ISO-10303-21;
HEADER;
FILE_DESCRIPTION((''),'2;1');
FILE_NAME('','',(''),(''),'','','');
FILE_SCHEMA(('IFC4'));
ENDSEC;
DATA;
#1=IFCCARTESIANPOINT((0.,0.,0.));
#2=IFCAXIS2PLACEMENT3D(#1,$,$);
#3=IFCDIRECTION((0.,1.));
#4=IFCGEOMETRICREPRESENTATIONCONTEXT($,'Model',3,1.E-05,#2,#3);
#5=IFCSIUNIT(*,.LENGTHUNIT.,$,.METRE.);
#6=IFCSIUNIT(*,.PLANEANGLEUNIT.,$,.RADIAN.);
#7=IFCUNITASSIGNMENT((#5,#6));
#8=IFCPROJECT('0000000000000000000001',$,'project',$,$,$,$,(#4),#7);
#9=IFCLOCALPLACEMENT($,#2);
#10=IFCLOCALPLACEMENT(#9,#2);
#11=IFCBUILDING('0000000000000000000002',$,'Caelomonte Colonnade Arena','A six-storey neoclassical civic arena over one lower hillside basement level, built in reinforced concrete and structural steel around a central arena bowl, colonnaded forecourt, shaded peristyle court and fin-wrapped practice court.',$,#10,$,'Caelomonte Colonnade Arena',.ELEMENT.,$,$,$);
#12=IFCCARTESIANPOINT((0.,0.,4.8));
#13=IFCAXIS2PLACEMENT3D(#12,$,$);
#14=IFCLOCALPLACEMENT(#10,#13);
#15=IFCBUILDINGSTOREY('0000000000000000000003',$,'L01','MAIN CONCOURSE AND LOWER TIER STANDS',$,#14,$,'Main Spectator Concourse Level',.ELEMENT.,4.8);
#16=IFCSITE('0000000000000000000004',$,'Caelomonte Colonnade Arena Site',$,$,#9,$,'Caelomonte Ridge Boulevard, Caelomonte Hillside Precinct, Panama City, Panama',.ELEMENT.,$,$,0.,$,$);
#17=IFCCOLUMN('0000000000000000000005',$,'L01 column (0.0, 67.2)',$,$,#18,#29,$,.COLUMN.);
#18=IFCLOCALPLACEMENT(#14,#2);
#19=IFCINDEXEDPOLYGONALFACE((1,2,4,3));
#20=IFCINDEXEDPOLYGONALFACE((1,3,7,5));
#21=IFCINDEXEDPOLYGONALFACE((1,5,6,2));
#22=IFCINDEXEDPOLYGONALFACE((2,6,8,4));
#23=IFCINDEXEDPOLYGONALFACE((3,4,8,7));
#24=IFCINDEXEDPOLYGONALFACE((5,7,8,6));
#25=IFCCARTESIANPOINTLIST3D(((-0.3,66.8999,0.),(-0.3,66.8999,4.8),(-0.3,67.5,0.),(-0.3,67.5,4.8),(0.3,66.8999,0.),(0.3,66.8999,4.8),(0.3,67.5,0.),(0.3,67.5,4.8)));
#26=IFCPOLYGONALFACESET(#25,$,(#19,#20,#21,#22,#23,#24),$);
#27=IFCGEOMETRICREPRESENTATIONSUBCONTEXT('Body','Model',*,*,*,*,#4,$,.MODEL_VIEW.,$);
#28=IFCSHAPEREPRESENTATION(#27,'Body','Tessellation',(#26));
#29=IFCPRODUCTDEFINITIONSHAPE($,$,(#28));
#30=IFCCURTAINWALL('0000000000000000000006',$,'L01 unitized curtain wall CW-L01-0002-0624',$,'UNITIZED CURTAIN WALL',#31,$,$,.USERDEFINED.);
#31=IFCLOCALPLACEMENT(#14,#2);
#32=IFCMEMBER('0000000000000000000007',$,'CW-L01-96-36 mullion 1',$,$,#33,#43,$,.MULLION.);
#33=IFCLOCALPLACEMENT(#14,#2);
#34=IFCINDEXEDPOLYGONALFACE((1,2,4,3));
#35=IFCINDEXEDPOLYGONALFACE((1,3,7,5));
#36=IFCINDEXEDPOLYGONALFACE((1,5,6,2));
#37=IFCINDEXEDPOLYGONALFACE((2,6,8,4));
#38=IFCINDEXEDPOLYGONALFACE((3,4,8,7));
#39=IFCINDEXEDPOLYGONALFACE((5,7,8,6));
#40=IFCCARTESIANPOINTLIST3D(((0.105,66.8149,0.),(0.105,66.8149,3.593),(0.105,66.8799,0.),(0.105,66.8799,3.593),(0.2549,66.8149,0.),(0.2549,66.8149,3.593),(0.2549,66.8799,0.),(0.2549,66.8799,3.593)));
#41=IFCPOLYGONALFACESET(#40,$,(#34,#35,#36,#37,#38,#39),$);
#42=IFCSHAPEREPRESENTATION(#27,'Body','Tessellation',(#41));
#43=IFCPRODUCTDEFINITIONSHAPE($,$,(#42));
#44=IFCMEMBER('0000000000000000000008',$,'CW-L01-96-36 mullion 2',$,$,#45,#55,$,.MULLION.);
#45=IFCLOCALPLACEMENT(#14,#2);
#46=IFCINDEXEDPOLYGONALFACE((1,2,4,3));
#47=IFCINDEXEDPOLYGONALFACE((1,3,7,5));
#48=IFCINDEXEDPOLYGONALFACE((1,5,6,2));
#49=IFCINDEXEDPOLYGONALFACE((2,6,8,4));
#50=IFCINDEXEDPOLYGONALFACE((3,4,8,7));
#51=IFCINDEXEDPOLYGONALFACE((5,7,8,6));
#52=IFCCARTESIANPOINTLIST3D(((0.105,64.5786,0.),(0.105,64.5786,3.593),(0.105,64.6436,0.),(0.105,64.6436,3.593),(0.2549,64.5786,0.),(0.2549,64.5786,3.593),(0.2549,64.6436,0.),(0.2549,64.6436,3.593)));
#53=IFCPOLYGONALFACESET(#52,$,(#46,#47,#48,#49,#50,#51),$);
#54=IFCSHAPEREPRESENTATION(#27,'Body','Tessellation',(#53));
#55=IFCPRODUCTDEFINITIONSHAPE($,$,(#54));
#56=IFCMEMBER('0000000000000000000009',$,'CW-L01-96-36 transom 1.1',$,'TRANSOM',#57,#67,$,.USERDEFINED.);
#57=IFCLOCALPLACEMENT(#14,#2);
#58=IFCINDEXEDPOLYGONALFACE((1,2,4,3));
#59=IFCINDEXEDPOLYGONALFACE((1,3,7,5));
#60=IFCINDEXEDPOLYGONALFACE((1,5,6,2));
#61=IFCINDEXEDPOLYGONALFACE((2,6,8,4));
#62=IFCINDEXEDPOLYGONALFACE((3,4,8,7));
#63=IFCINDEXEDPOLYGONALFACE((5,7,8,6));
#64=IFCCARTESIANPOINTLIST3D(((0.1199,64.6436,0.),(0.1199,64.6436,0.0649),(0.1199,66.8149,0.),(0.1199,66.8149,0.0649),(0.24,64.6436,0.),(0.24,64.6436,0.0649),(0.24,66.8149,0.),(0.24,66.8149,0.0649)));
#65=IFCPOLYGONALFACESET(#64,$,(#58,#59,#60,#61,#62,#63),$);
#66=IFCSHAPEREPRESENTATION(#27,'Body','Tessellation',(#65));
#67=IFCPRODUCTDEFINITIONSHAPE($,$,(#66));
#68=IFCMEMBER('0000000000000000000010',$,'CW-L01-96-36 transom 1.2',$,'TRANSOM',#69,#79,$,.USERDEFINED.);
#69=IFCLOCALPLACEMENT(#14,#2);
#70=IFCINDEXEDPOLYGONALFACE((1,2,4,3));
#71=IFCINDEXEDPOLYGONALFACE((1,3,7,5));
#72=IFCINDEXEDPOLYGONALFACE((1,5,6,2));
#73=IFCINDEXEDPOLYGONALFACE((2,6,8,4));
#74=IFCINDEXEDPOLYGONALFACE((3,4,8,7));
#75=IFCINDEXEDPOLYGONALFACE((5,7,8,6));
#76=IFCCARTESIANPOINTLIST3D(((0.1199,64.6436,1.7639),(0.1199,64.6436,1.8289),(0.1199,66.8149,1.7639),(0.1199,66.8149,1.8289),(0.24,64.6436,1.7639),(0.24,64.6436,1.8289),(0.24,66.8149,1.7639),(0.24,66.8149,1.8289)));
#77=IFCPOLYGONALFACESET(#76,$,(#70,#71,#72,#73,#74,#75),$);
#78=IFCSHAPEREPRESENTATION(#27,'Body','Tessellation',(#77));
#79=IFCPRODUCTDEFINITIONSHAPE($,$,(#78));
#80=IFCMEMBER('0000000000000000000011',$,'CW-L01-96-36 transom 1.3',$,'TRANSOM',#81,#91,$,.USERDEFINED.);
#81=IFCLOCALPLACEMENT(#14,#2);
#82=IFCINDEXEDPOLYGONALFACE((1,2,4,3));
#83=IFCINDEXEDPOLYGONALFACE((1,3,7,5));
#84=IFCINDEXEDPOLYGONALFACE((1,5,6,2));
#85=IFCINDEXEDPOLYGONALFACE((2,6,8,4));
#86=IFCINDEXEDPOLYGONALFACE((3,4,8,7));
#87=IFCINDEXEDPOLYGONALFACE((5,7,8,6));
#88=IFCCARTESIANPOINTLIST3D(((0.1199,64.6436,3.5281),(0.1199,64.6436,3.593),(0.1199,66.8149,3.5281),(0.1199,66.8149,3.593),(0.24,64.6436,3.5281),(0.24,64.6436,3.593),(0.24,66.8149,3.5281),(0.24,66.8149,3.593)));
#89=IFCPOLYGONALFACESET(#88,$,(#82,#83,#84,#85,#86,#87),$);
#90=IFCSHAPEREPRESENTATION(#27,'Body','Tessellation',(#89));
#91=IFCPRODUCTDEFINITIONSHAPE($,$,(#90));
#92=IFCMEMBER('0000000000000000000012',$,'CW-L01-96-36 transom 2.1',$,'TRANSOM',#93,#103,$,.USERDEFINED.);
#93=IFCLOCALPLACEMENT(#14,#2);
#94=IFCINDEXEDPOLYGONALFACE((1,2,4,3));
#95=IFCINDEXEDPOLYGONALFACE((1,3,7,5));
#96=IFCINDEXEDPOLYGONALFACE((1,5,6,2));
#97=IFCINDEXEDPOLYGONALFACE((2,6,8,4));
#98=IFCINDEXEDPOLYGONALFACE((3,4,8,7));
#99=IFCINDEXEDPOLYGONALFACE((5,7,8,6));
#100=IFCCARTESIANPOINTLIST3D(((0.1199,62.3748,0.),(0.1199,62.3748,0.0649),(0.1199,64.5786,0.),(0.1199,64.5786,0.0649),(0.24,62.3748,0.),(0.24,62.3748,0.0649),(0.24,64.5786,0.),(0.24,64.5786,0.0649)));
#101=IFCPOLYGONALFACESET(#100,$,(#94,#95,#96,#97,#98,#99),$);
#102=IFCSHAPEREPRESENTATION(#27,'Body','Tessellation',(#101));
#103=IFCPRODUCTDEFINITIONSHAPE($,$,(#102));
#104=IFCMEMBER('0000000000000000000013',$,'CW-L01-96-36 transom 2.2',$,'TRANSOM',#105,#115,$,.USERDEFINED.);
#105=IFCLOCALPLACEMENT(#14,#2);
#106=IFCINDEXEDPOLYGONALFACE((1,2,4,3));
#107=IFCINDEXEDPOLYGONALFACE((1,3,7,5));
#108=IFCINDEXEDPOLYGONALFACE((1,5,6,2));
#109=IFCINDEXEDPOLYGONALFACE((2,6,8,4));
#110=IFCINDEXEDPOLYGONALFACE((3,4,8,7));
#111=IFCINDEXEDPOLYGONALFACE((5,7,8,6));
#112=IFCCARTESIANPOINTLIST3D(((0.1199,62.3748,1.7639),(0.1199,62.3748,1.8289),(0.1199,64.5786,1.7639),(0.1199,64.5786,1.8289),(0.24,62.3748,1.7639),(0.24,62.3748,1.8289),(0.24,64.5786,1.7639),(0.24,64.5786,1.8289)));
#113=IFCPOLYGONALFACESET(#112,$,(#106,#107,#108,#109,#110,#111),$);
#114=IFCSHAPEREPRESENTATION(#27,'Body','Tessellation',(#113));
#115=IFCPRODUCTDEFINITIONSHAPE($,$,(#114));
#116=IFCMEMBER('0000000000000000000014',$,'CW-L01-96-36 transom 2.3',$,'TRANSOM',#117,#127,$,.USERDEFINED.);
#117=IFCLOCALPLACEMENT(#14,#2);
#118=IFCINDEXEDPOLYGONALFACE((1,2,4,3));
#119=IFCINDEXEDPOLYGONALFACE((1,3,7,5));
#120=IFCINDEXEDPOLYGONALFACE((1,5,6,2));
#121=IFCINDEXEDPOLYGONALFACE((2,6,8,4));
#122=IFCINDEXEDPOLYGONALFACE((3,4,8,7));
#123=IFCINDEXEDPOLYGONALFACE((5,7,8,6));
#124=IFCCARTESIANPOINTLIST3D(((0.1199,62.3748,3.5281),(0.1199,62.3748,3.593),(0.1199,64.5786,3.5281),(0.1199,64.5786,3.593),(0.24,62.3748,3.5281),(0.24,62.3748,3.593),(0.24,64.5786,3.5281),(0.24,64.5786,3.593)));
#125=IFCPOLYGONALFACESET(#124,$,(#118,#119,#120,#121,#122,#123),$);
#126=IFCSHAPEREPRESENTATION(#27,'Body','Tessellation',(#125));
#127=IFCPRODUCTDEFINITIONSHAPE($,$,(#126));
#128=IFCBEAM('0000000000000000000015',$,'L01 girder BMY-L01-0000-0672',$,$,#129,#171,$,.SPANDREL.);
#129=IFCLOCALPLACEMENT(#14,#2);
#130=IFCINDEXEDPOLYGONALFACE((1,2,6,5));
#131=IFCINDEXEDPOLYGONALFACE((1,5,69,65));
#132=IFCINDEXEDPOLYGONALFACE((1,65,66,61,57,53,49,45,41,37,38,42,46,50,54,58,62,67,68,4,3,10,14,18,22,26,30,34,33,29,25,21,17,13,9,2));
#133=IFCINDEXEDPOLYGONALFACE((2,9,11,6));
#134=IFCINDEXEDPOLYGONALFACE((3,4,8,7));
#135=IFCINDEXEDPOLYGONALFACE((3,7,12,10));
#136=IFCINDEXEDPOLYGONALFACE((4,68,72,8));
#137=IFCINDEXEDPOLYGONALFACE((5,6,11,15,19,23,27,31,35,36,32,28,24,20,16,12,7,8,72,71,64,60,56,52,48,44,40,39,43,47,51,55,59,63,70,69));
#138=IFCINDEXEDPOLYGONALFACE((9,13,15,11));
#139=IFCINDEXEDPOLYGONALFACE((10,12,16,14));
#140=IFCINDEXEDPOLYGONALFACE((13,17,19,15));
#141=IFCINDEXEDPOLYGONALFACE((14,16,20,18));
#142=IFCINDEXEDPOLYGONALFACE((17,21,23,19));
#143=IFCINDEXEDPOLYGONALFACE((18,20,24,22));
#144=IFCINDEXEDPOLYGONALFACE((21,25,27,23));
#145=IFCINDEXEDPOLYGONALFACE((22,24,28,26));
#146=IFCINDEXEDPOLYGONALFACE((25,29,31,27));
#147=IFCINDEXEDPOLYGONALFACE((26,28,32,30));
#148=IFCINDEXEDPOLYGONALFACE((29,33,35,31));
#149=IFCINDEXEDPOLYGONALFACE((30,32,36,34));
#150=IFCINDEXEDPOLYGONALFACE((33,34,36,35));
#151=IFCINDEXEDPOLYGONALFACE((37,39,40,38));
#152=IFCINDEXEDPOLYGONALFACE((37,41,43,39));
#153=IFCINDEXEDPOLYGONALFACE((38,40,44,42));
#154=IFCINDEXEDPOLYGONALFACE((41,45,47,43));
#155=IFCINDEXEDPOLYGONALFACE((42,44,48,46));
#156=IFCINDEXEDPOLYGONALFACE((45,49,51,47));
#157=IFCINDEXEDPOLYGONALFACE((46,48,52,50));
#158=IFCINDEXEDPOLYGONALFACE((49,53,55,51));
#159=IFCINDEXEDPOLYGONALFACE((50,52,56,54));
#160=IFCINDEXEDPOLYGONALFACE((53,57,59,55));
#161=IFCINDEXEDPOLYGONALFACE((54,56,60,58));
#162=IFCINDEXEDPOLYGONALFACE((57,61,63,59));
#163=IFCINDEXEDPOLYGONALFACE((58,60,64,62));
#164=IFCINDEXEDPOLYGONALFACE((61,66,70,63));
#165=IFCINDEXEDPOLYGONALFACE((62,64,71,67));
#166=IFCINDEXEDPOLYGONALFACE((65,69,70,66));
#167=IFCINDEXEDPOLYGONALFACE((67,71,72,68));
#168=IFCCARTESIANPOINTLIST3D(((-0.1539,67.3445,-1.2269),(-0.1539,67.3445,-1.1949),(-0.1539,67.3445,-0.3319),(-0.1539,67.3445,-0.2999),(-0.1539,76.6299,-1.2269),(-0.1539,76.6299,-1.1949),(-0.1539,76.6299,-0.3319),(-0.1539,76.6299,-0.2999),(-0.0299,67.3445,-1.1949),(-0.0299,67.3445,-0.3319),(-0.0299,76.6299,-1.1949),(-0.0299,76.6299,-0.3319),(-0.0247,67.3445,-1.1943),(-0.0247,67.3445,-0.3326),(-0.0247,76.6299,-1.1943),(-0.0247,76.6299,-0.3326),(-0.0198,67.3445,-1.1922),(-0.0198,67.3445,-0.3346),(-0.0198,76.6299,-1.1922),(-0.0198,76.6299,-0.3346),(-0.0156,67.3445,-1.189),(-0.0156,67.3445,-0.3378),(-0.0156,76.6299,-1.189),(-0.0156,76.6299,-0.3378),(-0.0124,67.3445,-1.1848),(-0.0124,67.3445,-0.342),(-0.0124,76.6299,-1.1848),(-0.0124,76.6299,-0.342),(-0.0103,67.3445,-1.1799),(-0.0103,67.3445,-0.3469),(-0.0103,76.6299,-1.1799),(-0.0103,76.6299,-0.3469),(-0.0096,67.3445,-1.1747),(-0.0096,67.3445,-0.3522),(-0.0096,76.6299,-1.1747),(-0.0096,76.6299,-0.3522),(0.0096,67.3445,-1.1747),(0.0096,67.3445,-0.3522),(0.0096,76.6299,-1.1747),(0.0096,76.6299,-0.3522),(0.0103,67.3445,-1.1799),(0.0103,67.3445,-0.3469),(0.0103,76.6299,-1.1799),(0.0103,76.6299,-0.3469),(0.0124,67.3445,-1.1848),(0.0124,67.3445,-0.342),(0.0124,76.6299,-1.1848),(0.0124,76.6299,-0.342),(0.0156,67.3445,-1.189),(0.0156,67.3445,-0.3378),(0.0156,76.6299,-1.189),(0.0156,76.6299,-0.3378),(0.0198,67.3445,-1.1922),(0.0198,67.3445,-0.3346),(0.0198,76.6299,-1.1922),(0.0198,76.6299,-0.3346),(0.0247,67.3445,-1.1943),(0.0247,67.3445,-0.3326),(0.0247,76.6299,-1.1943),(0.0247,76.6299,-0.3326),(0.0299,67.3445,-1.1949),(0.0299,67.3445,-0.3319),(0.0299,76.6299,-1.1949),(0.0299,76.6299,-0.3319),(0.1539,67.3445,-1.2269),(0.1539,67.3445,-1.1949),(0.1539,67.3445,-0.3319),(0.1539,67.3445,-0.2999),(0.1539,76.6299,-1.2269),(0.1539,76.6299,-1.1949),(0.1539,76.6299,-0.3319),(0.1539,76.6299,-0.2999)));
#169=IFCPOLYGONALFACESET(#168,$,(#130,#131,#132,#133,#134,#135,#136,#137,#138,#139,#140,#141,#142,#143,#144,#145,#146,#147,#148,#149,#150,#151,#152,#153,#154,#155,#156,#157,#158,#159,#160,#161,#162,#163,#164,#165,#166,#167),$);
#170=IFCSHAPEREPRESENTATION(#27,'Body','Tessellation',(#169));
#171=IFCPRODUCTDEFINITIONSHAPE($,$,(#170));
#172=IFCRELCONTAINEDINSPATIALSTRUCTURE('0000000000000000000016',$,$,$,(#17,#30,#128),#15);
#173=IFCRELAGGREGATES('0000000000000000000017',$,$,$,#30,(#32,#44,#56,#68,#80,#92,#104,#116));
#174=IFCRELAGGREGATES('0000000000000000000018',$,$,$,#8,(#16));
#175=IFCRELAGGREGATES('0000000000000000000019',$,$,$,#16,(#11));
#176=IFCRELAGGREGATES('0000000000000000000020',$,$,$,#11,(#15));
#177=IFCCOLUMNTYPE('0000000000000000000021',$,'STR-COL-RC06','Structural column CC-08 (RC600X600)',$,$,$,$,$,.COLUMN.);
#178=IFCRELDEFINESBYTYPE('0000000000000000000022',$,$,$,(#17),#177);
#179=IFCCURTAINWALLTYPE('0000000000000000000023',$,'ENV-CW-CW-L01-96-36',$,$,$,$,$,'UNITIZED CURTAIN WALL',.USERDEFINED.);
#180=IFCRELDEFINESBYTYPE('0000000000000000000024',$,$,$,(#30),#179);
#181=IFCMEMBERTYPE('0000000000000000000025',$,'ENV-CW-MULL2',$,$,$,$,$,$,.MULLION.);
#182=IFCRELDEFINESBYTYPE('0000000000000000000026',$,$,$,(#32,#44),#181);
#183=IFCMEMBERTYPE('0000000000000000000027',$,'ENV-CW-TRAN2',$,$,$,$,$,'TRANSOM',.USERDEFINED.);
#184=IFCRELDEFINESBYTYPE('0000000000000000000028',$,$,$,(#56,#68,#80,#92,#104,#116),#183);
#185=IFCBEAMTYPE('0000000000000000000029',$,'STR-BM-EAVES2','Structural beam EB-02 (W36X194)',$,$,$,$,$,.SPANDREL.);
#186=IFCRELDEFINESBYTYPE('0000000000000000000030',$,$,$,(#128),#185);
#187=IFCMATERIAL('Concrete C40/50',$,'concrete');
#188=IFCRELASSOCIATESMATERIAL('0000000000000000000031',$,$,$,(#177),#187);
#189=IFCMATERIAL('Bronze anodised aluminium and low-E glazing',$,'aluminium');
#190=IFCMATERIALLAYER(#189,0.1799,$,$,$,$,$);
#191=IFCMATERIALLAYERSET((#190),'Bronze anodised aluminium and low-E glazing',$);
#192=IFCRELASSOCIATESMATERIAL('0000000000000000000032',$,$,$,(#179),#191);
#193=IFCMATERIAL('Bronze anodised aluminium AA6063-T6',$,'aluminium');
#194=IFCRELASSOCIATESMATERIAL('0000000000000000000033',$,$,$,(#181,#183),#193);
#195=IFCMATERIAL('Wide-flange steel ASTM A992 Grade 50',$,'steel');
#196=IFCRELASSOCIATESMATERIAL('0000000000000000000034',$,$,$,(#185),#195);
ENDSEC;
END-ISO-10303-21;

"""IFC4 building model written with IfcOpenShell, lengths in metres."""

from ifc_helpers import new_model, si_unit, direction, frame, origin, origin_2d, place, context, subcontext, project, spatial, rectangle, i_section, extrude, material, layer, layer_set, material_profile, profile_set, type_object, element, aggregate, save


model = new_model("IFC4")

# Units and contexts
model_context = context("Model", 3, precision=1e-05, world=origin(), true_north=direction((0.0, 1.0)))
body_context = subcontext(model_context, "Body", "Model", "MODEL_VIEW")
ifc_project = project(units=[si_unit("LENGTHUNIT", "METRE"), si_unit("PLANEANGLEUNIT", "RADIAN")], contexts=[model_context])

# Site, building, storey
site_placement = place(None, origin())
site = spatial("IfcSite", under=ifc_project, at=site_placement, Name="Caelomonte Colonnade Arena Site", LongName="Caelomonte Ridge Boulevard, Caelomonte Hillside Precinct, Panama City, Panama", CompositionType="ELEMENT", RefElevation=0.0)
building_placement = place(site_placement, origin())
building = spatial("IfcBuilding", under=site, at=building_placement, Name="Caelomonte Colonnade Arena", Description="A six-storey neoclassical civic arena over one lower hillside basement level, built in reinforced concrete and structural steel around a central arena bowl, colonnaded forecourt, shaded peristyle court and fin-wrapped practice court.", LongName="Caelomonte Colonnade Arena", CompositionType="ELEMENT")
storey_placement = place(building_placement, frame((0.0, 0.0, 4.8)))
storey = spatial("IfcBuildingStorey", under=building, at=storey_placement, Name="L01", Description="MAIN CONCOURSE AND LOWER TIER STANDS", LongName="Main Spectator Concourse Level", CompositionType="ELEMENT", Elevation=4.8)

# Column
ifc_material_1 = material(Name="Concrete C40/50", Category="concrete")
ifc_material_profile_1 = material_profile(ifc_material_1, rectangle(XDim=0.6001, YDim=0.6001, at=origin_2d()), Name="RC600X600")
ifc_profile_set_1 = profile_set([ifc_material_profile_1], Name="Concrete C40/50")
column_type = type_object("IfcColumnType", Name="STR-COL-RC06", Description="Structural column CC-08 (RC600X600)", PredefinedType="COLUMN", material=ifc_profile_set_1)
column_placement = place(storey_placement, frame((0.0, 67.2, 0.0), z_axis=(0.0, 0.0, 1.0), x_axis=(1.0, 0.0, 0.0)))
element("IfcColumn", 1, at=column_placement, inside=storey, type_object=column_type, Name="L01 column (0.0, 67.2)", PredefinedType="COLUMN", context=body_context, shape_type="SweptSolid", body=[
    extrude(rectangle(XDim=0.6001, YDim=0.6001, at=origin_2d()), origin(), (0.0, 0.0, 1.0), 4.8),
])

# Curtain wall, members
ifc_material_2 = material(Name="Bronze anodised aluminium and low-E glazing", Category="aluminium")
ifc_layer_1 = layer(ifc_material_2, 0.1799)
ifc_layer_set_1 = layer_set([ifc_layer_1], Name="Bronze anodised aluminium and low-E glazing")
curtain_wall_type = type_object("IfcCurtainWallType", Name="ENV-CW-CW-L01-96-36", ElementType="UNITIZED CURTAIN WALL", PredefinedType="USERDEFINED", material=ifc_layer_set_1)
curtain_wall_placement = place(storey_placement, origin())
curtain_wall = element("IfcCurtainWall", 2, at=curtain_wall_placement, inside=storey, type_object=curtain_wall_type, Name="L01 unitized curtain wall CW-L01-0002-0624", ObjectType="UNITIZED CURTAIN WALL", PredefinedType="USERDEFINED")
ifc_material_3 = material(Name="Bronze anodised aluminium AA6063-T6", Category="aluminium")
ifc_material_profile_2 = material_profile(ifc_material_3, rectangle(XDim=0.0649, YDim=0.1499, at=origin_2d()), Name="CWM-65X150")
ifc_profile_set_2 = profile_set([ifc_material_profile_2], Name="Bronze anodised aluminium AA6063-T6")
member_type_1 = type_object("IfcMemberType", Name="ENV-CW-MULL2", PredefinedType="MULLION", material=ifc_profile_set_2)
member_1_placement = place(storey_placement, frame((0.1799, 66.8474, 0.0), z_axis=(0.0, 0.0, 1.0), x_axis=(0.0, -1.0, 0.0)))
member_1 = element("IfcMember", 3, at=member_1_placement, type_object=member_type_1, Name="CW-L01-96-36 mullion 1", PredefinedType="MULLION", context=body_context, shape_type="SweptSolid", body=[
    extrude(rectangle(XDim=0.0649, YDim=0.1499, at=origin_2d()), origin(), (0.0, 0.0, 1.0), 3.593),
])
member_2_placement = place(storey_placement, frame((0.1799, 64.6111, 0.0), z_axis=(0.0, 0.0, 1.0), x_axis=(0.0, -1.0, 0.0)))
member_2 = element("IfcMember", 4, at=member_2_placement, type_object=member_type_1, Name="CW-L01-96-36 mullion 2", PredefinedType="MULLION", context=body_context, shape_type="SweptSolid", body=[
    extrude(rectangle(XDim=0.0649, YDim=0.1499, at=origin_2d()), origin(), (0.0, 0.0, 1.0), 3.593),
])
ifc_material_profile_3 = material_profile(ifc_material_3, rectangle(XDim=0.0649, YDim=0.1201, at=origin_2d()), Name="CWT-65X120")
ifc_profile_set_3 = profile_set([ifc_material_profile_3], Name="Bronze anodised aluminium AA6063-T6")
member_type_2 = type_object("IfcMemberType", Name="ENV-CW-TRAN2", ElementType="TRANSOM", PredefinedType="USERDEFINED", material=ifc_profile_set_3)
member_3_placement = place(storey_placement, frame((0.1799, 66.8149, 0.0325), z_axis=(0.0, -1.0, 0.0), x_axis=(0.0, 0.0, 1.0)))
member_3 = element("IfcMember", 5, at=member_3_placement, type_object=member_type_2, Name="CW-L01-96-36 transom 1.1", ObjectType="TRANSOM", PredefinedType="USERDEFINED", context=body_context, shape_type="SweptSolid", body=[
    extrude(rectangle(XDim=0.0649, YDim=0.1201, at=origin_2d()), origin(), (0.0, 0.0, 1.0), 2.1714),
])
member_4_placement = place(storey_placement, frame((0.1799, 66.8149, 1.7964), z_axis=(0.0, -1.0, 0.0), x_axis=(0.0, 0.0, 1.0)))
member_4 = element("IfcMember", 6, at=member_4_placement, type_object=member_type_2, Name="CW-L01-96-36 transom 1.2", ObjectType="TRANSOM", PredefinedType="USERDEFINED", context=body_context, shape_type="SweptSolid", body=[
    extrude(rectangle(XDim=0.0649, YDim=0.1201, at=origin_2d()), origin(), (0.0, 0.0, 1.0), 2.1714),
])
member_5_placement = place(storey_placement, frame((0.1799, 66.8149, 3.5605), z_axis=(0.0, -1.0, 0.0), x_axis=(0.0, 0.0, 1.0)))
member_5 = element("IfcMember", 7, at=member_5_placement, type_object=member_type_2, Name="CW-L01-96-36 transom 1.3", ObjectType="TRANSOM", PredefinedType="USERDEFINED", context=body_context, shape_type="SweptSolid", body=[
    extrude(rectangle(XDim=0.0649, YDim=0.1201, at=origin_2d()), origin(), (0.0, 0.0, 1.0), 2.1714),
])
member_6_placement = place(storey_placement, frame((0.1799, 64.5786, 0.0325), z_axis=(0.0, -1.0, 0.0), x_axis=(0.0, 0.0, 1.0)))
member_6 = element("IfcMember", 8, at=member_6_placement, type_object=member_type_2, Name="CW-L01-96-36 transom 2.1", ObjectType="TRANSOM", PredefinedType="USERDEFINED", context=body_context, shape_type="SweptSolid", body=[
    extrude(rectangle(XDim=0.0649, YDim=0.1201, at=origin_2d()), origin(), (0.0, 0.0, 1.0), 2.2039),
])
member_7_placement = place(storey_placement, frame((0.1799, 64.5786, 1.7964), z_axis=(0.0, -1.0, 0.0), x_axis=(0.0, 0.0, 1.0)))
member_7 = element("IfcMember", 9, at=member_7_placement, type_object=member_type_2, Name="CW-L01-96-36 transom 2.2", ObjectType="TRANSOM", PredefinedType="USERDEFINED", context=body_context, shape_type="SweptSolid", body=[
    extrude(rectangle(XDim=0.0649, YDim=0.1201, at=origin_2d()), origin(), (0.0, 0.0, 1.0), 2.2039),
])
member_8_placement = place(storey_placement, frame((0.1799, 64.5786, 3.5605), z_axis=(0.0, -1.0, 0.0), x_axis=(0.0, 0.0, 1.0)))
member_8 = element("IfcMember", 10, at=member_8_placement, type_object=member_type_2, Name="CW-L01-96-36 transom 2.3", ObjectType="TRANSOM", PredefinedType="USERDEFINED", context=body_context, shape_type="SweptSolid", body=[
    extrude(rectangle(XDim=0.0649, YDim=0.1201, at=origin_2d()), origin(), (0.0, 0.0, 1.0), 2.2039),
])

# Beam
ifc_material_4 = material(Name="Wide-flange steel ASTM A992 Grade 50", Category="steel")
ifc_material_profile_4 = material_profile(ifc_material_4, i_section(OverallWidth=0.3079, OverallDepth=0.927, WebThickness=0.0193, FlangeThickness=0.032, FilletRadius=0.0203, at=origin_2d()), Name="W36X194")
ifc_profile_set_4 = profile_set([ifc_material_profile_4], Name="Wide-flange steel ASTM A992 Grade 50")
beam_type_1 = type_object("IfcBeamType", Name="STR-BM-EAVES2", Description="Structural beam EB-02 (W36X194)", PredefinedType="SPANDREL", material=ifc_profile_set_4)
beam_1_placement = place(storey_placement, frame((0.0, 67.3445, -0.7634), z_axis=(0.0, 1.0, 0.0), x_axis=(-1.0, 0.0, 0.0)))
element("IfcBeam", 11, at=beam_1_placement, inside=storey, type_object=beam_type_1, Name="L01 girder BMY-L01-0000-0672", PredefinedType="SPANDREL", context=body_context, shape_type="SweptSolid", body=[
    extrude(i_section(OverallWidth=0.3079, OverallDepth=0.927, WebThickness=0.0193, FlangeThickness=0.032, FilletRadius=0.0203, at=origin_2d()), origin(), (0.0, 0.0, 1.0), 9.2854),
])

aggregate(curtain_wall, [member_1, member_2, member_3, member_4, member_5, member_6, member_7, member_8])

save(model, "model.ifc")
